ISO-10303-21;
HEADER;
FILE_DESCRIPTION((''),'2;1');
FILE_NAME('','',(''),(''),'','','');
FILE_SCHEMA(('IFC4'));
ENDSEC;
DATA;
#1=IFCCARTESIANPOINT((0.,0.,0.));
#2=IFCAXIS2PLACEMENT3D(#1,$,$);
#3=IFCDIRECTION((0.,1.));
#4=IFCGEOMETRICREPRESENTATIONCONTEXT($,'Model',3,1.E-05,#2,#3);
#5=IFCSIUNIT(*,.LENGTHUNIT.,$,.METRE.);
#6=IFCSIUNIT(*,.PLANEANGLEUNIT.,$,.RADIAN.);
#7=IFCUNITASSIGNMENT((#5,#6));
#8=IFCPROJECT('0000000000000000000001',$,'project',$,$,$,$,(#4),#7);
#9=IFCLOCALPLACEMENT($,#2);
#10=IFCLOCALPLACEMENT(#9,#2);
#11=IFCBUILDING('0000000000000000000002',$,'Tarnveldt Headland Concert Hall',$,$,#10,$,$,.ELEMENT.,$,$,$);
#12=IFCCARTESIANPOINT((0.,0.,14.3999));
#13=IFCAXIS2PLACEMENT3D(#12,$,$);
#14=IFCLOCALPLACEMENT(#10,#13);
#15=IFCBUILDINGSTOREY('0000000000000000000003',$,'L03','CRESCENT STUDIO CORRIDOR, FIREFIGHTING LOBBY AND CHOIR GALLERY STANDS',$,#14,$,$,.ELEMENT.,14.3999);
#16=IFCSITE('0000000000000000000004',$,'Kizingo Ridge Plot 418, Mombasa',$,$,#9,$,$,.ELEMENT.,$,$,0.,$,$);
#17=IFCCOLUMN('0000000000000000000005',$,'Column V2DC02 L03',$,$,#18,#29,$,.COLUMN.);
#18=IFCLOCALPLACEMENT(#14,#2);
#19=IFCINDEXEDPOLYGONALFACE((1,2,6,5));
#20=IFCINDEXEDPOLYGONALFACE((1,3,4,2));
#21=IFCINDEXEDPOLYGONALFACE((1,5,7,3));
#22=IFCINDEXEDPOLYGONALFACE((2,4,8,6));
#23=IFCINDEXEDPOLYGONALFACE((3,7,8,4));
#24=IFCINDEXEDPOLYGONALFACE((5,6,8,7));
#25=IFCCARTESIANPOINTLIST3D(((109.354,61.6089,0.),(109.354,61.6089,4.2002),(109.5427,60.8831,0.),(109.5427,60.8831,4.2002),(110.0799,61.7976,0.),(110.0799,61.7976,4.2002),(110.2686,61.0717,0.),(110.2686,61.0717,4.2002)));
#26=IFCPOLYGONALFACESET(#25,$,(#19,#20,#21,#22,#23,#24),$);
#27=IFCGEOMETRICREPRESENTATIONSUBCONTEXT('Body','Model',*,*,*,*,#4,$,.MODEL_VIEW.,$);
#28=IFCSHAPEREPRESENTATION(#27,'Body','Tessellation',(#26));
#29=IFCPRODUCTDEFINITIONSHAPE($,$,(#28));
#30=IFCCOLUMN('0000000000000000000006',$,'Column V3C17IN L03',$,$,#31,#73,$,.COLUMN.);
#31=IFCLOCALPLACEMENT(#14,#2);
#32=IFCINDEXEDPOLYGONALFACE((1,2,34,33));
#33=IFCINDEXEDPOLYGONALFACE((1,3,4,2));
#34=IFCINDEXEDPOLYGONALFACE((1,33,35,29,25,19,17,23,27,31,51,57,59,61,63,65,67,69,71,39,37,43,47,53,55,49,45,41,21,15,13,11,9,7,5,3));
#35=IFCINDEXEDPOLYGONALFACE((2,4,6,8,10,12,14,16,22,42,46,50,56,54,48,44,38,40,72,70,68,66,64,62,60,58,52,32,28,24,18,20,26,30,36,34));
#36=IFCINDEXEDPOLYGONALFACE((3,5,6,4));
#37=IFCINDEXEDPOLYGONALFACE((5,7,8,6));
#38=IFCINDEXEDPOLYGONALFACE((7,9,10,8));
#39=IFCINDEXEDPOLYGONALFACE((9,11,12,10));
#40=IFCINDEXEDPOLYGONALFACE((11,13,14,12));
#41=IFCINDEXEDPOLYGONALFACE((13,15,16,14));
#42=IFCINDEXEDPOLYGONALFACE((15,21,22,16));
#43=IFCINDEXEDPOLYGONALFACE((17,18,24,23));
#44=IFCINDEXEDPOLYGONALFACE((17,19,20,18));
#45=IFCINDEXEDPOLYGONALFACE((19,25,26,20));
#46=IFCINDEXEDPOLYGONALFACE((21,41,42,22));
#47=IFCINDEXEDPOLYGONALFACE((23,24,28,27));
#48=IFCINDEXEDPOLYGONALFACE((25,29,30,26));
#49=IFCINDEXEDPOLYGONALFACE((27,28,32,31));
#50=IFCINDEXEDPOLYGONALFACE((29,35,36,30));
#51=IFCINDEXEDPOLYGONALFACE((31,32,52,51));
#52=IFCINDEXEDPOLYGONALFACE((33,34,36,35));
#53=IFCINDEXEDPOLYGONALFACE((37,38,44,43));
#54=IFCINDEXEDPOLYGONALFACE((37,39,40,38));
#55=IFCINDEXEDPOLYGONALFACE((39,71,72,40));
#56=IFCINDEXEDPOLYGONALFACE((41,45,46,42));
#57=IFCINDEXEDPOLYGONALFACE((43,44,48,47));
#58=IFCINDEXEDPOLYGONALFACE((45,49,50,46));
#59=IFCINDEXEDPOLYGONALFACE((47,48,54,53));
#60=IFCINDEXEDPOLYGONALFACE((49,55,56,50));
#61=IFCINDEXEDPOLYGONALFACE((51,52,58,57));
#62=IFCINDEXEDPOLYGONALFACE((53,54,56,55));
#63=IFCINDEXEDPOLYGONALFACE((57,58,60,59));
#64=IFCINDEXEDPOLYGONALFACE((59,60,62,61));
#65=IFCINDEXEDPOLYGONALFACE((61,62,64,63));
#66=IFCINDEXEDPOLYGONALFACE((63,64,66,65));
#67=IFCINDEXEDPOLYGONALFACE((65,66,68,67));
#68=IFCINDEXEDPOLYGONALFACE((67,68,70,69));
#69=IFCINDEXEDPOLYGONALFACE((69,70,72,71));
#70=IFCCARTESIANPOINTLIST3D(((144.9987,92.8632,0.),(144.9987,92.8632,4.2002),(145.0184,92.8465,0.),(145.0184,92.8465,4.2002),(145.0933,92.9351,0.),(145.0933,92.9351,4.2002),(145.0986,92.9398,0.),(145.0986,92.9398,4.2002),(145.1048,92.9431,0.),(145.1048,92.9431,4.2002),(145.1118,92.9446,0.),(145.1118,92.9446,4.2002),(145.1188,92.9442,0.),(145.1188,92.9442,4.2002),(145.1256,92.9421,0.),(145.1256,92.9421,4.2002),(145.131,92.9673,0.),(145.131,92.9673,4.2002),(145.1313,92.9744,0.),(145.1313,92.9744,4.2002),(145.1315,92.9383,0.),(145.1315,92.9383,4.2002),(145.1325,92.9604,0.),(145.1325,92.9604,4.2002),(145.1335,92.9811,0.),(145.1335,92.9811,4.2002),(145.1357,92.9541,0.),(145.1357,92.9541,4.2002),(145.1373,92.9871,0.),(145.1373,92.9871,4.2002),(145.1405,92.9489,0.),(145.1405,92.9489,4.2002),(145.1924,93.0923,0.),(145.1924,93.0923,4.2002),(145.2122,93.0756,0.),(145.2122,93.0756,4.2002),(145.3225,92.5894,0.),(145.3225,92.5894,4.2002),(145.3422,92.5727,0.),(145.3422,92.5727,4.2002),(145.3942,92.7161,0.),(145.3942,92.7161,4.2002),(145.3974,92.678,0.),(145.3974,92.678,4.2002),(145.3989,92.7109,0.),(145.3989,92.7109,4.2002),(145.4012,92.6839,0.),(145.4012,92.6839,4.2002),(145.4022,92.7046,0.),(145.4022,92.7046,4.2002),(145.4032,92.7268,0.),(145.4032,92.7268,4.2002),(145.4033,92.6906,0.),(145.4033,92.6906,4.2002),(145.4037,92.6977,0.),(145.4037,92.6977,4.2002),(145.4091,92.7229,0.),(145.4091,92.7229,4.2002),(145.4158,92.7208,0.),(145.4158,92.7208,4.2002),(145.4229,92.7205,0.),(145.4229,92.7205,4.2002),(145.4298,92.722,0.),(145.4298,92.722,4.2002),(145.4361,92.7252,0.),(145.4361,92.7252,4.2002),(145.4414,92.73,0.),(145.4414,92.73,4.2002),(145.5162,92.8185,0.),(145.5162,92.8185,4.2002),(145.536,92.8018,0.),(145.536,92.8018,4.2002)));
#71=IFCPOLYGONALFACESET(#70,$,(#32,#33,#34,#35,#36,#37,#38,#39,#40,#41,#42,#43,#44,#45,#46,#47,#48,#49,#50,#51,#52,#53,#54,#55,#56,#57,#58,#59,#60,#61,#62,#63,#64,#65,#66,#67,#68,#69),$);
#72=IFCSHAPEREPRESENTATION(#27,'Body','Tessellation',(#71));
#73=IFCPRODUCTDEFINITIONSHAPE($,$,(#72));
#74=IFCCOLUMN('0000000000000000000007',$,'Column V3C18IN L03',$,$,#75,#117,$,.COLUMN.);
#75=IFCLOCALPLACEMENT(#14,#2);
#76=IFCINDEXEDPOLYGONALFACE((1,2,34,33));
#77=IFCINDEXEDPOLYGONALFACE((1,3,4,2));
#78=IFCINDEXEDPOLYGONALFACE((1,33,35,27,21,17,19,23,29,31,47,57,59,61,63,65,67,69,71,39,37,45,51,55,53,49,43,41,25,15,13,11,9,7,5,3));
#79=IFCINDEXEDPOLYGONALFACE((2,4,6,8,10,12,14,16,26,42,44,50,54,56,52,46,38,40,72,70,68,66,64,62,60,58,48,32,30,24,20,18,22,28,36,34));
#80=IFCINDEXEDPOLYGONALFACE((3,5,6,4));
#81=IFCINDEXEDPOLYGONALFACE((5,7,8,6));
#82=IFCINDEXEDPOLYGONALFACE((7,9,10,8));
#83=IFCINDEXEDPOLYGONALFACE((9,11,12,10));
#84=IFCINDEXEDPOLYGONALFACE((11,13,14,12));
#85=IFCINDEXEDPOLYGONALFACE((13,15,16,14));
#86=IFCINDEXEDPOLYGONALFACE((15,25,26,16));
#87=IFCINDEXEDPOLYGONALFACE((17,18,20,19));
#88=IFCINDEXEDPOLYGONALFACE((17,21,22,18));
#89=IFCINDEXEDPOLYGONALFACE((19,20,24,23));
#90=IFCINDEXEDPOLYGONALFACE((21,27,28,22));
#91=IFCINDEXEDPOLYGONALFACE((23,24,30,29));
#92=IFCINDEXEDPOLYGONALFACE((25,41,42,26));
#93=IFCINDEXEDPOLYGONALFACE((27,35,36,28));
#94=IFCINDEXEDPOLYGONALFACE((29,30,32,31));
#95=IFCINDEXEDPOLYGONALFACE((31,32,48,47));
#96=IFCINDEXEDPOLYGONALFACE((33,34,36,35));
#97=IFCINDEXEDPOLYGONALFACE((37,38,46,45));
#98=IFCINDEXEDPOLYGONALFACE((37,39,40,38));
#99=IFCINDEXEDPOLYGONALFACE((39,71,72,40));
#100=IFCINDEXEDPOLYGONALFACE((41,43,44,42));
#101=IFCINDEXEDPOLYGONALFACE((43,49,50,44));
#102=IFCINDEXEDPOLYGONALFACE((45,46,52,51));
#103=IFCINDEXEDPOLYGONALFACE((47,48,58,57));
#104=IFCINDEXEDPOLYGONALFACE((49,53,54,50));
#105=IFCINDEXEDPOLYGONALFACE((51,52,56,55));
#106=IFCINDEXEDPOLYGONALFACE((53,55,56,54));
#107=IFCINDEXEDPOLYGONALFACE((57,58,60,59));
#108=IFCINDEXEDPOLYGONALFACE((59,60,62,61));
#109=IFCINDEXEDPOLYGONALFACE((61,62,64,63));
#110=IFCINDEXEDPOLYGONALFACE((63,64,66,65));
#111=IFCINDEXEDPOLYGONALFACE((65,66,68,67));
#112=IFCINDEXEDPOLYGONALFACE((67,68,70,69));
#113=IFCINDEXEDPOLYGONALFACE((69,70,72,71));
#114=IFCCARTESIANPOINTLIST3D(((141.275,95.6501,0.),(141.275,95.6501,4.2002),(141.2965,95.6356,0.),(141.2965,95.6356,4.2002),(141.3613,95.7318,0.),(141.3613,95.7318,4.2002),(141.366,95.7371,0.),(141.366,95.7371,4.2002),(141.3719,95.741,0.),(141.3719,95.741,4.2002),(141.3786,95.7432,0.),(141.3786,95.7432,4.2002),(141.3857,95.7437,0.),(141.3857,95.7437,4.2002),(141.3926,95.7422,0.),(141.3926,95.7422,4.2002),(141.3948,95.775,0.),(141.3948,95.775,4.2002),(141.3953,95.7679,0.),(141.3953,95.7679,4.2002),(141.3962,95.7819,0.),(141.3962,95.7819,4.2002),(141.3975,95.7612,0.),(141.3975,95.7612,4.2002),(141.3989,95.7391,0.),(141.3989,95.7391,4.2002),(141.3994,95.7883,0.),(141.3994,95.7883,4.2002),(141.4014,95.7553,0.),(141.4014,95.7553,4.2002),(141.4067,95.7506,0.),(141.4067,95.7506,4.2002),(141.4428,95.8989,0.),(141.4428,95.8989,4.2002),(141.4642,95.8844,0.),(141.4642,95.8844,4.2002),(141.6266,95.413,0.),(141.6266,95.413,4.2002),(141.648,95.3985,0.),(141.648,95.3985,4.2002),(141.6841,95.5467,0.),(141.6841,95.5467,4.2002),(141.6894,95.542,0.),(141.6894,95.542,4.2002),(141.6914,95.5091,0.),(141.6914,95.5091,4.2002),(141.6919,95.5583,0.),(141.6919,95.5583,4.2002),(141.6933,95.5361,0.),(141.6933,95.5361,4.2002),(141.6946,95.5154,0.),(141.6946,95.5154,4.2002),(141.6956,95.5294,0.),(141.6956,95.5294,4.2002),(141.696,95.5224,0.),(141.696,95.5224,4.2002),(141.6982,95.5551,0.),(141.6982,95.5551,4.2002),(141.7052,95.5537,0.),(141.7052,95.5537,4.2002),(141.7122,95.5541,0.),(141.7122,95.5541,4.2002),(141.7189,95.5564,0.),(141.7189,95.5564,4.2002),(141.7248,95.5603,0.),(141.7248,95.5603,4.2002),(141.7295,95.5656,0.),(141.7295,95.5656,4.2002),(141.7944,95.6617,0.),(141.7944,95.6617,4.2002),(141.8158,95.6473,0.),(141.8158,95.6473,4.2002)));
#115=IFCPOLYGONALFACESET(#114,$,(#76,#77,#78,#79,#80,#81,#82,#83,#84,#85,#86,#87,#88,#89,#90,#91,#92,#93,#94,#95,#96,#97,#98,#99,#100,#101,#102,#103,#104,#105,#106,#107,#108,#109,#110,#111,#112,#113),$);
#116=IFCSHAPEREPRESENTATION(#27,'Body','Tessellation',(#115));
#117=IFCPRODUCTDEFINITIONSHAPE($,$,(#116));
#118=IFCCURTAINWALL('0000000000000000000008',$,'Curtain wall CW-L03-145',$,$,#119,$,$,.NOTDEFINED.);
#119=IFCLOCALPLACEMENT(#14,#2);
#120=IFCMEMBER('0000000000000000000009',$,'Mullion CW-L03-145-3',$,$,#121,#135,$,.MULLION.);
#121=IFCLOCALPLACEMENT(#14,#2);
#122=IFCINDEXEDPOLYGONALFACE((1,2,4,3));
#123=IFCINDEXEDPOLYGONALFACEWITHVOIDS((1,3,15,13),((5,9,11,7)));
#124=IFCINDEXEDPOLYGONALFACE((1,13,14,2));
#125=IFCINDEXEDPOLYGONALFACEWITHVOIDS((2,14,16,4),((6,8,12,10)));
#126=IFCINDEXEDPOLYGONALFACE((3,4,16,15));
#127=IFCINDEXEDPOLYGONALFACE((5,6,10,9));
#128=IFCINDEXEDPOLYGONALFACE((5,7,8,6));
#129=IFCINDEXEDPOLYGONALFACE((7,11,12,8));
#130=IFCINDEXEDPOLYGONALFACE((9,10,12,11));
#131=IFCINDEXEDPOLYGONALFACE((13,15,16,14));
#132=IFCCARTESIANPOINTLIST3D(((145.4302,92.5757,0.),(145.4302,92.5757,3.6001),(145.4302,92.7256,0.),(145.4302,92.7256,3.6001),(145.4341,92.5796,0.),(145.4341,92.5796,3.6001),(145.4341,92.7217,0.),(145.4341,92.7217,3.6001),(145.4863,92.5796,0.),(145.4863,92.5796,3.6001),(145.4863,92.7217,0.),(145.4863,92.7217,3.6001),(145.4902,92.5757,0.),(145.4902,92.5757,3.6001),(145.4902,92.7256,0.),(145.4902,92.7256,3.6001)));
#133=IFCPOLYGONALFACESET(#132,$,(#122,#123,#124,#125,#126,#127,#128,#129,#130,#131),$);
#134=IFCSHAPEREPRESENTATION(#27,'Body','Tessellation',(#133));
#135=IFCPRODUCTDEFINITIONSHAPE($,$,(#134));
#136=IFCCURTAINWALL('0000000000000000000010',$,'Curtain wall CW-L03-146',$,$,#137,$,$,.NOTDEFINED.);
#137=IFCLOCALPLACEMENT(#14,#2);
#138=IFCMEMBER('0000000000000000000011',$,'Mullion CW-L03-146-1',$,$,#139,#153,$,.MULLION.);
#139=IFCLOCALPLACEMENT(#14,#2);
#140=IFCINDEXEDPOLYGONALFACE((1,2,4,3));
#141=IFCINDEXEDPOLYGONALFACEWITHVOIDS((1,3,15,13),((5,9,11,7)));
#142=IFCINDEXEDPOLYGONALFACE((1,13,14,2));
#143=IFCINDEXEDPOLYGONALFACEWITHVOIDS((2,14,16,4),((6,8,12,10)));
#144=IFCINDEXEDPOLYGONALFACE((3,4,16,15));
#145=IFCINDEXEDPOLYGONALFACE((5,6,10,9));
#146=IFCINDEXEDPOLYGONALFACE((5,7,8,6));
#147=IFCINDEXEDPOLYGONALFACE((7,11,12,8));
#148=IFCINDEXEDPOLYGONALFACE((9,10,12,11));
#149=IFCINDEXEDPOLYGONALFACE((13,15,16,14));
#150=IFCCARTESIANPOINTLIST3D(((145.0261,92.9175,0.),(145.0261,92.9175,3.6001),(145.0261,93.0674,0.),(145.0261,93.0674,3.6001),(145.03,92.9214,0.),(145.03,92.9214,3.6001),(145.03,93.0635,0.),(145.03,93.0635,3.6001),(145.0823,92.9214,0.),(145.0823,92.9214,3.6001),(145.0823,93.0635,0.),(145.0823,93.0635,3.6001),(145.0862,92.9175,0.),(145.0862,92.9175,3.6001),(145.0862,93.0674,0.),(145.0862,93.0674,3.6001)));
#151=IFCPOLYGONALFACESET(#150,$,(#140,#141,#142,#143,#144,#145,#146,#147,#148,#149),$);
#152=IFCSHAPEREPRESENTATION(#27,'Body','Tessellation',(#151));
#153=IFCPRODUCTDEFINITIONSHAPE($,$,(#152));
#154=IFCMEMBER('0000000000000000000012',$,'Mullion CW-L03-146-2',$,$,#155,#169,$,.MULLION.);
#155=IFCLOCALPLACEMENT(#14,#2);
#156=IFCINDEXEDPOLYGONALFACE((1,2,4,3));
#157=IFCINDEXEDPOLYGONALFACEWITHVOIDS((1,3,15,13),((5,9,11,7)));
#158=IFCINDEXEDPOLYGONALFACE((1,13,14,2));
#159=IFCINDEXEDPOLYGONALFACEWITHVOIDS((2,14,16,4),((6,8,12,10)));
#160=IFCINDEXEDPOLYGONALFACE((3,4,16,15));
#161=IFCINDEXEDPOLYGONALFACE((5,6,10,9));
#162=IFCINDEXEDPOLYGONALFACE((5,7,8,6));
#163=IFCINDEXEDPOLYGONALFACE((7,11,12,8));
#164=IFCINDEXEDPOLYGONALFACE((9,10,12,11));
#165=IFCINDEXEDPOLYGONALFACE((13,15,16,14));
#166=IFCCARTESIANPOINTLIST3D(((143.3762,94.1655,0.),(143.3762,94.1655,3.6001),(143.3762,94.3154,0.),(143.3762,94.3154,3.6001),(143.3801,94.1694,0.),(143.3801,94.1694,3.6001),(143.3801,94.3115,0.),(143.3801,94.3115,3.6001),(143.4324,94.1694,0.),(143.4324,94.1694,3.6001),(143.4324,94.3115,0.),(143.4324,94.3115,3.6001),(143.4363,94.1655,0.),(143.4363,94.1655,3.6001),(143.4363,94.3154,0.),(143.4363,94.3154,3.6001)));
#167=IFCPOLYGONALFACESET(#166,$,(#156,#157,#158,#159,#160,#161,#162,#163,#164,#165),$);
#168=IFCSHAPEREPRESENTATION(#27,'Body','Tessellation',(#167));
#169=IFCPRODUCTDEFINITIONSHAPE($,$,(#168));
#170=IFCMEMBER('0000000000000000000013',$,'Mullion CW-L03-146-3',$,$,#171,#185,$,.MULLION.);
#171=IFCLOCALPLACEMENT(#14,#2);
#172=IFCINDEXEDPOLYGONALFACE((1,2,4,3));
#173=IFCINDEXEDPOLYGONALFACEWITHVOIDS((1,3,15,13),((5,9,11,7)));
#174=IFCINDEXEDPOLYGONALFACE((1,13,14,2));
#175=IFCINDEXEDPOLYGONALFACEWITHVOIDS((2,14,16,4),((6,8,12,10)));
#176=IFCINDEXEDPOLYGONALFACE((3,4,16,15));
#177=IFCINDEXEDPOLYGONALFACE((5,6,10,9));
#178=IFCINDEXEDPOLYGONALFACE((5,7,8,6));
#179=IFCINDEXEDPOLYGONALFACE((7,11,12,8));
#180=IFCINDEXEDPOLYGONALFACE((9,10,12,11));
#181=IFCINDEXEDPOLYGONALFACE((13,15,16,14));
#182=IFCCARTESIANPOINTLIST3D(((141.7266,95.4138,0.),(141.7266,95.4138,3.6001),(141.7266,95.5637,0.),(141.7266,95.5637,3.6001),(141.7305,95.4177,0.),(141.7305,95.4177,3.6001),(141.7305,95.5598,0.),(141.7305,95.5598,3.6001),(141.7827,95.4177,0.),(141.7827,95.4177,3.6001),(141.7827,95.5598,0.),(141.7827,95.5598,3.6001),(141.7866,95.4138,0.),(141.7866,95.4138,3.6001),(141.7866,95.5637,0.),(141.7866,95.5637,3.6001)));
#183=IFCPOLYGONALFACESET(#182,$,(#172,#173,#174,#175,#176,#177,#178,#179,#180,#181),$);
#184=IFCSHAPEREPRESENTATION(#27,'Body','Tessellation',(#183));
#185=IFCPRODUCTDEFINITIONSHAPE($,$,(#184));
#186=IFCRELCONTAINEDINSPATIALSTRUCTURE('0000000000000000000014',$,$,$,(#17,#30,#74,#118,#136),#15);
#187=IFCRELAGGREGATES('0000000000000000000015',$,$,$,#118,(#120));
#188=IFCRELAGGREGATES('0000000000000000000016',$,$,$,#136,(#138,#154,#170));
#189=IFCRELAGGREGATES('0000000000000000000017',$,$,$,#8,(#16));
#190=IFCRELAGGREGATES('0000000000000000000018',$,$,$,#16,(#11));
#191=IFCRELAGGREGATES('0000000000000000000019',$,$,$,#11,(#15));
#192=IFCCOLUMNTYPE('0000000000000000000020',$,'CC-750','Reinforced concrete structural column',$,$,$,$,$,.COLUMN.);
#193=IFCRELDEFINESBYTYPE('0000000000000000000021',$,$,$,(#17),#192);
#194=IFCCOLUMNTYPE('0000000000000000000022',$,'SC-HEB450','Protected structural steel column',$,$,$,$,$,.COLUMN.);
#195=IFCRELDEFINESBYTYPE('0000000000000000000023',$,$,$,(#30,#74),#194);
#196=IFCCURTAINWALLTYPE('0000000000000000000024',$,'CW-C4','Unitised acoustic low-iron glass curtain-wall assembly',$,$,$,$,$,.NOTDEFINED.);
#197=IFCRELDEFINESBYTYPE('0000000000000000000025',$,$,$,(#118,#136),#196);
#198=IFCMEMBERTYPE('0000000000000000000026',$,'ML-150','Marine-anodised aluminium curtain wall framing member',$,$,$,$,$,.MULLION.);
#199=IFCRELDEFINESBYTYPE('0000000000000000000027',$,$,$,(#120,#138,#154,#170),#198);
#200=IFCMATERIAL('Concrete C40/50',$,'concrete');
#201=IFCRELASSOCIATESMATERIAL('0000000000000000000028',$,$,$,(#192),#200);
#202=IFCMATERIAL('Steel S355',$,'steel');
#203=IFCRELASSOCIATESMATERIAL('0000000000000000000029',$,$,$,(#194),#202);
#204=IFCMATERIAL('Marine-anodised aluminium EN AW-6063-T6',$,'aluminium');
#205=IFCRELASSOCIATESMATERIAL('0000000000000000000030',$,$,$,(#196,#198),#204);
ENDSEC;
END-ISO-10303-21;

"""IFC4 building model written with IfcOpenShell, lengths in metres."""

from ifc_helpers import new_model, si_unit, direction, frame, origin, origin_2d, place, context, subcontext, project, spatial, rectangle, hollow_rectangle, i_section, extrude, material, material_profile, profile_set, type_object, element, aggregate, save


model = new_model("IFC4")

# Units and contexts
model_context = context("Model", 3, precision=1e-05, world=origin(), true_north=direction((0.0, 1.0)))
body_context = subcontext(model_context, "Body", "Model", "MODEL_VIEW")
ifc_project = project(units=[si_unit("LENGTHUNIT", "METRE"), si_unit("PLANEANGLEUNIT", "RADIAN")], contexts=[model_context])

# Site, building, storey
site_placement = place(None, origin())
site = spatial("IfcSite", under=ifc_project, at=site_placement, Name="Kizingo Ridge Plot 418, Mombasa", CompositionType="ELEMENT", RefElevation=0.0)
building_placement = place(site_placement, origin())
building = spatial("IfcBuilding", under=site, at=building_placement, Name="Tarnveldt Headland Concert Hall", CompositionType="ELEMENT")
storey_placement = place(building_placement, frame((0.0, 0.0, 14.3999)))
storey = spatial("IfcBuildingStorey", under=building, at=storey_placement, Name="L03", Description="CRESCENT STUDIO CORRIDOR, FIREFIGHTING LOBBY AND CHOIR GALLERY STANDS", CompositionType="ELEMENT", Elevation=14.3999)

# Columns
ifc_material_1 = material(Name="Concrete C40/50", Category="concrete")
ifc_material_profile_1 = material_profile(ifc_material_1, rectangle(XDim=0.75, YDim=0.75, at=origin_2d()), Name="RC 750x750", Category="concrete")
ifc_profile_set_1 = profile_set([ifc_material_profile_1], Name="Concrete C40/50")
column_type_1 = type_object("IfcColumnType", Name="CC-750", Description="Reinforced concrete structural column", PredefinedType="COLUMN", material=ifc_profile_set_1)
column_placement = place(storey_placement, frame((109.8113, 61.3403, 0.0), z_axis=(0.0, 0.0, 1.0), x_axis=(0.967841, 0.251563, 0.0)))
element("IfcColumn", 1, at=column_placement, inside=storey, type_object=column_type_1, Name="Column V2DC02 L03", PredefinedType="COLUMN", context=body_context, shape_type="SweptSolid", body=[
    extrude(rectangle(XDim=0.75, YDim=0.75, at=origin_2d()), origin(), (0.0, 0.0, 1.0), 4.2002),
])
ifc_material_2 = material(Name="Steel S355", Category="steel")
ifc_material_profile_2 = material_profile(ifc_material_2, i_section(OverallWidth=0.3, OverallDepth=0.45, WebThickness=0.0139, FlangeThickness=0.0259, FilletRadius=0.0271, at=origin_2d()), Name="HEB450", Category="steel")
ifc_profile_set_2 = profile_set([ifc_material_profile_2], Name="Steel S355")
column_type_2 = type_object("IfcColumnType", Name="SC-HEB450", Description="Protected structural steel column", PredefinedType="COLUMN", material=ifc_profile_set_2)
for number, where, z_axis, x_axis, name in (
    (2, (145.2673, 92.8325, 0.0), (0.0, 0.0, 1.0), (0.645724, 0.763571, 0.0), "Column V3C17IN L03"),
    (3, (141.5454, 95.6487, 0.0), (0.0, 0.0, 1.0), (0.559193, 0.829038, 0.0), "Column V3C18IN L03"),
):
    element("IfcColumn", number, at=place(storey_placement, frame(where, z_axis=z_axis, x_axis=x_axis)), inside=storey, type_object=column_type_2, Name=name, PredefinedType="COLUMN", context=body_context, shape_type="SweptSolid", body=[
        extrude(i_section(OverallWidth=0.3, OverallDepth=0.45, WebThickness=0.0139, FlangeThickness=0.0259, FilletRadius=0.0271, at=origin_2d()), origin(), (0.0, 0.0, 1.0), 4.2002),
    ])

# Curtain wall, member
ifc_material_3 = material(Name="Marine-anodised aluminium EN AW-6063-T6", Category="aluminium")
curtain_wall_type = type_object("IfcCurtainWallType", Name="CW-C4", Description="Unitised acoustic low-iron glass curtain-wall assembly", PredefinedType="NOTDEFINED", material=ifc_material_3)
curtain_wall_1_placement = place(storey_placement, origin())
curtain_wall_1 = element("IfcCurtainWall", 4, at=curtain_wall_1_placement, inside=storey, type_object=curtain_wall_type, Name="Curtain wall CW-L03-145", PredefinedType="NOTDEFINED")
ifc_material_profile_3 = material_profile(ifc_material_3, hollow_rectangle(XDim=0.0601, YDim=0.1499, WallThickness=0.0039, at=origin_2d()), Name="ALU MULLION 60x150x4", Category="aluminium")
ifc_profile_set_3 = profile_set([ifc_material_profile_3], Name="Marine-anodised aluminium EN AW-6063-T6")
member_type_1 = type_object("IfcMemberType", Name="ML-150", Description="Marine-anodised aluminium curtain wall framing member", PredefinedType="MULLION", material=ifc_profile_set_3)
member_1_placement = place(storey_placement, frame((145.4602, 92.6506, 0.0), z_axis=(0.0, 0.0, 1.0), x_axis=(1.0, 0.0, 0.0)))
member_1 = element("IfcMember", 5, at=member_1_placement, type_object=member_type_1, Name="Mullion CW-L03-145-3", PredefinedType="MULLION", context=body_context, shape_type="SweptSolid", body=[
    extrude(hollow_rectangle(XDim=0.0601, YDim=0.1499, WallThickness=0.0039, at=origin_2d()), origin(), (0.0, 0.0, 1.0), 3.6001),
])

# Curtain wall, members
curtain_wall_2_placement = place(storey_placement, origin())
curtain_wall_2 = element("IfcCurtainWall", 6, at=curtain_wall_2_placement, inside=storey, type_object=curtain_wall_type, Name="Curtain wall CW-L03-146", PredefinedType="NOTDEFINED")
member_2_placement = place(storey_placement, frame((145.0562, 92.9924, 0.0), z_axis=(0.0, 0.0, 1.0), x_axis=(1.0, 0.0, 0.0)))
member_2 = element("IfcMember", 7, at=member_2_placement, type_object=member_type_1, Name="Mullion CW-L03-146-1", PredefinedType="MULLION", context=body_context, shape_type="SweptSolid", body=[
    extrude(hollow_rectangle(XDim=0.0601, YDim=0.1499, WallThickness=0.0039, at=origin_2d()), origin(), (0.0, 0.0, 1.0), 3.6001),
])
member_3_placement = place(storey_placement, frame((143.4062, 94.2405, 0.0), z_axis=(0.0, 0.0, 1.0), x_axis=(1.0, 0.0, 0.0)))
member_3 = element("IfcMember", 8, at=member_3_placement, type_object=member_type_1, Name="Mullion CW-L03-146-2", PredefinedType="MULLION", context=body_context, shape_type="SweptSolid", body=[
    extrude(hollow_rectangle(XDim=0.0601, YDim=0.1499, WallThickness=0.0039, at=origin_2d()), origin(), (0.0, 0.0, 1.0), 3.6001),
])
member_4_placement = place(storey_placement, frame((141.7566, 95.4888, 0.0), z_axis=(0.0, 0.0, 1.0), x_axis=(1.0, 0.0, 0.0)))
member_4 = element("IfcMember", 9, at=member_4_placement, type_object=member_type_1, Name="Mullion CW-L03-146-3", PredefinedType="MULLION", context=body_context, shape_type="SweptSolid", body=[
    extrude(hollow_rectangle(XDim=0.0601, YDim=0.1499, WallThickness=0.0039, at=origin_2d()), origin(), (0.0, 0.0, 1.0), 3.6001),
])

aggregate(curtain_wall_1, [member_1])
aggregate(curtain_wall_2, [member_2, member_3, member_4])

save(model, "model.ifc")
